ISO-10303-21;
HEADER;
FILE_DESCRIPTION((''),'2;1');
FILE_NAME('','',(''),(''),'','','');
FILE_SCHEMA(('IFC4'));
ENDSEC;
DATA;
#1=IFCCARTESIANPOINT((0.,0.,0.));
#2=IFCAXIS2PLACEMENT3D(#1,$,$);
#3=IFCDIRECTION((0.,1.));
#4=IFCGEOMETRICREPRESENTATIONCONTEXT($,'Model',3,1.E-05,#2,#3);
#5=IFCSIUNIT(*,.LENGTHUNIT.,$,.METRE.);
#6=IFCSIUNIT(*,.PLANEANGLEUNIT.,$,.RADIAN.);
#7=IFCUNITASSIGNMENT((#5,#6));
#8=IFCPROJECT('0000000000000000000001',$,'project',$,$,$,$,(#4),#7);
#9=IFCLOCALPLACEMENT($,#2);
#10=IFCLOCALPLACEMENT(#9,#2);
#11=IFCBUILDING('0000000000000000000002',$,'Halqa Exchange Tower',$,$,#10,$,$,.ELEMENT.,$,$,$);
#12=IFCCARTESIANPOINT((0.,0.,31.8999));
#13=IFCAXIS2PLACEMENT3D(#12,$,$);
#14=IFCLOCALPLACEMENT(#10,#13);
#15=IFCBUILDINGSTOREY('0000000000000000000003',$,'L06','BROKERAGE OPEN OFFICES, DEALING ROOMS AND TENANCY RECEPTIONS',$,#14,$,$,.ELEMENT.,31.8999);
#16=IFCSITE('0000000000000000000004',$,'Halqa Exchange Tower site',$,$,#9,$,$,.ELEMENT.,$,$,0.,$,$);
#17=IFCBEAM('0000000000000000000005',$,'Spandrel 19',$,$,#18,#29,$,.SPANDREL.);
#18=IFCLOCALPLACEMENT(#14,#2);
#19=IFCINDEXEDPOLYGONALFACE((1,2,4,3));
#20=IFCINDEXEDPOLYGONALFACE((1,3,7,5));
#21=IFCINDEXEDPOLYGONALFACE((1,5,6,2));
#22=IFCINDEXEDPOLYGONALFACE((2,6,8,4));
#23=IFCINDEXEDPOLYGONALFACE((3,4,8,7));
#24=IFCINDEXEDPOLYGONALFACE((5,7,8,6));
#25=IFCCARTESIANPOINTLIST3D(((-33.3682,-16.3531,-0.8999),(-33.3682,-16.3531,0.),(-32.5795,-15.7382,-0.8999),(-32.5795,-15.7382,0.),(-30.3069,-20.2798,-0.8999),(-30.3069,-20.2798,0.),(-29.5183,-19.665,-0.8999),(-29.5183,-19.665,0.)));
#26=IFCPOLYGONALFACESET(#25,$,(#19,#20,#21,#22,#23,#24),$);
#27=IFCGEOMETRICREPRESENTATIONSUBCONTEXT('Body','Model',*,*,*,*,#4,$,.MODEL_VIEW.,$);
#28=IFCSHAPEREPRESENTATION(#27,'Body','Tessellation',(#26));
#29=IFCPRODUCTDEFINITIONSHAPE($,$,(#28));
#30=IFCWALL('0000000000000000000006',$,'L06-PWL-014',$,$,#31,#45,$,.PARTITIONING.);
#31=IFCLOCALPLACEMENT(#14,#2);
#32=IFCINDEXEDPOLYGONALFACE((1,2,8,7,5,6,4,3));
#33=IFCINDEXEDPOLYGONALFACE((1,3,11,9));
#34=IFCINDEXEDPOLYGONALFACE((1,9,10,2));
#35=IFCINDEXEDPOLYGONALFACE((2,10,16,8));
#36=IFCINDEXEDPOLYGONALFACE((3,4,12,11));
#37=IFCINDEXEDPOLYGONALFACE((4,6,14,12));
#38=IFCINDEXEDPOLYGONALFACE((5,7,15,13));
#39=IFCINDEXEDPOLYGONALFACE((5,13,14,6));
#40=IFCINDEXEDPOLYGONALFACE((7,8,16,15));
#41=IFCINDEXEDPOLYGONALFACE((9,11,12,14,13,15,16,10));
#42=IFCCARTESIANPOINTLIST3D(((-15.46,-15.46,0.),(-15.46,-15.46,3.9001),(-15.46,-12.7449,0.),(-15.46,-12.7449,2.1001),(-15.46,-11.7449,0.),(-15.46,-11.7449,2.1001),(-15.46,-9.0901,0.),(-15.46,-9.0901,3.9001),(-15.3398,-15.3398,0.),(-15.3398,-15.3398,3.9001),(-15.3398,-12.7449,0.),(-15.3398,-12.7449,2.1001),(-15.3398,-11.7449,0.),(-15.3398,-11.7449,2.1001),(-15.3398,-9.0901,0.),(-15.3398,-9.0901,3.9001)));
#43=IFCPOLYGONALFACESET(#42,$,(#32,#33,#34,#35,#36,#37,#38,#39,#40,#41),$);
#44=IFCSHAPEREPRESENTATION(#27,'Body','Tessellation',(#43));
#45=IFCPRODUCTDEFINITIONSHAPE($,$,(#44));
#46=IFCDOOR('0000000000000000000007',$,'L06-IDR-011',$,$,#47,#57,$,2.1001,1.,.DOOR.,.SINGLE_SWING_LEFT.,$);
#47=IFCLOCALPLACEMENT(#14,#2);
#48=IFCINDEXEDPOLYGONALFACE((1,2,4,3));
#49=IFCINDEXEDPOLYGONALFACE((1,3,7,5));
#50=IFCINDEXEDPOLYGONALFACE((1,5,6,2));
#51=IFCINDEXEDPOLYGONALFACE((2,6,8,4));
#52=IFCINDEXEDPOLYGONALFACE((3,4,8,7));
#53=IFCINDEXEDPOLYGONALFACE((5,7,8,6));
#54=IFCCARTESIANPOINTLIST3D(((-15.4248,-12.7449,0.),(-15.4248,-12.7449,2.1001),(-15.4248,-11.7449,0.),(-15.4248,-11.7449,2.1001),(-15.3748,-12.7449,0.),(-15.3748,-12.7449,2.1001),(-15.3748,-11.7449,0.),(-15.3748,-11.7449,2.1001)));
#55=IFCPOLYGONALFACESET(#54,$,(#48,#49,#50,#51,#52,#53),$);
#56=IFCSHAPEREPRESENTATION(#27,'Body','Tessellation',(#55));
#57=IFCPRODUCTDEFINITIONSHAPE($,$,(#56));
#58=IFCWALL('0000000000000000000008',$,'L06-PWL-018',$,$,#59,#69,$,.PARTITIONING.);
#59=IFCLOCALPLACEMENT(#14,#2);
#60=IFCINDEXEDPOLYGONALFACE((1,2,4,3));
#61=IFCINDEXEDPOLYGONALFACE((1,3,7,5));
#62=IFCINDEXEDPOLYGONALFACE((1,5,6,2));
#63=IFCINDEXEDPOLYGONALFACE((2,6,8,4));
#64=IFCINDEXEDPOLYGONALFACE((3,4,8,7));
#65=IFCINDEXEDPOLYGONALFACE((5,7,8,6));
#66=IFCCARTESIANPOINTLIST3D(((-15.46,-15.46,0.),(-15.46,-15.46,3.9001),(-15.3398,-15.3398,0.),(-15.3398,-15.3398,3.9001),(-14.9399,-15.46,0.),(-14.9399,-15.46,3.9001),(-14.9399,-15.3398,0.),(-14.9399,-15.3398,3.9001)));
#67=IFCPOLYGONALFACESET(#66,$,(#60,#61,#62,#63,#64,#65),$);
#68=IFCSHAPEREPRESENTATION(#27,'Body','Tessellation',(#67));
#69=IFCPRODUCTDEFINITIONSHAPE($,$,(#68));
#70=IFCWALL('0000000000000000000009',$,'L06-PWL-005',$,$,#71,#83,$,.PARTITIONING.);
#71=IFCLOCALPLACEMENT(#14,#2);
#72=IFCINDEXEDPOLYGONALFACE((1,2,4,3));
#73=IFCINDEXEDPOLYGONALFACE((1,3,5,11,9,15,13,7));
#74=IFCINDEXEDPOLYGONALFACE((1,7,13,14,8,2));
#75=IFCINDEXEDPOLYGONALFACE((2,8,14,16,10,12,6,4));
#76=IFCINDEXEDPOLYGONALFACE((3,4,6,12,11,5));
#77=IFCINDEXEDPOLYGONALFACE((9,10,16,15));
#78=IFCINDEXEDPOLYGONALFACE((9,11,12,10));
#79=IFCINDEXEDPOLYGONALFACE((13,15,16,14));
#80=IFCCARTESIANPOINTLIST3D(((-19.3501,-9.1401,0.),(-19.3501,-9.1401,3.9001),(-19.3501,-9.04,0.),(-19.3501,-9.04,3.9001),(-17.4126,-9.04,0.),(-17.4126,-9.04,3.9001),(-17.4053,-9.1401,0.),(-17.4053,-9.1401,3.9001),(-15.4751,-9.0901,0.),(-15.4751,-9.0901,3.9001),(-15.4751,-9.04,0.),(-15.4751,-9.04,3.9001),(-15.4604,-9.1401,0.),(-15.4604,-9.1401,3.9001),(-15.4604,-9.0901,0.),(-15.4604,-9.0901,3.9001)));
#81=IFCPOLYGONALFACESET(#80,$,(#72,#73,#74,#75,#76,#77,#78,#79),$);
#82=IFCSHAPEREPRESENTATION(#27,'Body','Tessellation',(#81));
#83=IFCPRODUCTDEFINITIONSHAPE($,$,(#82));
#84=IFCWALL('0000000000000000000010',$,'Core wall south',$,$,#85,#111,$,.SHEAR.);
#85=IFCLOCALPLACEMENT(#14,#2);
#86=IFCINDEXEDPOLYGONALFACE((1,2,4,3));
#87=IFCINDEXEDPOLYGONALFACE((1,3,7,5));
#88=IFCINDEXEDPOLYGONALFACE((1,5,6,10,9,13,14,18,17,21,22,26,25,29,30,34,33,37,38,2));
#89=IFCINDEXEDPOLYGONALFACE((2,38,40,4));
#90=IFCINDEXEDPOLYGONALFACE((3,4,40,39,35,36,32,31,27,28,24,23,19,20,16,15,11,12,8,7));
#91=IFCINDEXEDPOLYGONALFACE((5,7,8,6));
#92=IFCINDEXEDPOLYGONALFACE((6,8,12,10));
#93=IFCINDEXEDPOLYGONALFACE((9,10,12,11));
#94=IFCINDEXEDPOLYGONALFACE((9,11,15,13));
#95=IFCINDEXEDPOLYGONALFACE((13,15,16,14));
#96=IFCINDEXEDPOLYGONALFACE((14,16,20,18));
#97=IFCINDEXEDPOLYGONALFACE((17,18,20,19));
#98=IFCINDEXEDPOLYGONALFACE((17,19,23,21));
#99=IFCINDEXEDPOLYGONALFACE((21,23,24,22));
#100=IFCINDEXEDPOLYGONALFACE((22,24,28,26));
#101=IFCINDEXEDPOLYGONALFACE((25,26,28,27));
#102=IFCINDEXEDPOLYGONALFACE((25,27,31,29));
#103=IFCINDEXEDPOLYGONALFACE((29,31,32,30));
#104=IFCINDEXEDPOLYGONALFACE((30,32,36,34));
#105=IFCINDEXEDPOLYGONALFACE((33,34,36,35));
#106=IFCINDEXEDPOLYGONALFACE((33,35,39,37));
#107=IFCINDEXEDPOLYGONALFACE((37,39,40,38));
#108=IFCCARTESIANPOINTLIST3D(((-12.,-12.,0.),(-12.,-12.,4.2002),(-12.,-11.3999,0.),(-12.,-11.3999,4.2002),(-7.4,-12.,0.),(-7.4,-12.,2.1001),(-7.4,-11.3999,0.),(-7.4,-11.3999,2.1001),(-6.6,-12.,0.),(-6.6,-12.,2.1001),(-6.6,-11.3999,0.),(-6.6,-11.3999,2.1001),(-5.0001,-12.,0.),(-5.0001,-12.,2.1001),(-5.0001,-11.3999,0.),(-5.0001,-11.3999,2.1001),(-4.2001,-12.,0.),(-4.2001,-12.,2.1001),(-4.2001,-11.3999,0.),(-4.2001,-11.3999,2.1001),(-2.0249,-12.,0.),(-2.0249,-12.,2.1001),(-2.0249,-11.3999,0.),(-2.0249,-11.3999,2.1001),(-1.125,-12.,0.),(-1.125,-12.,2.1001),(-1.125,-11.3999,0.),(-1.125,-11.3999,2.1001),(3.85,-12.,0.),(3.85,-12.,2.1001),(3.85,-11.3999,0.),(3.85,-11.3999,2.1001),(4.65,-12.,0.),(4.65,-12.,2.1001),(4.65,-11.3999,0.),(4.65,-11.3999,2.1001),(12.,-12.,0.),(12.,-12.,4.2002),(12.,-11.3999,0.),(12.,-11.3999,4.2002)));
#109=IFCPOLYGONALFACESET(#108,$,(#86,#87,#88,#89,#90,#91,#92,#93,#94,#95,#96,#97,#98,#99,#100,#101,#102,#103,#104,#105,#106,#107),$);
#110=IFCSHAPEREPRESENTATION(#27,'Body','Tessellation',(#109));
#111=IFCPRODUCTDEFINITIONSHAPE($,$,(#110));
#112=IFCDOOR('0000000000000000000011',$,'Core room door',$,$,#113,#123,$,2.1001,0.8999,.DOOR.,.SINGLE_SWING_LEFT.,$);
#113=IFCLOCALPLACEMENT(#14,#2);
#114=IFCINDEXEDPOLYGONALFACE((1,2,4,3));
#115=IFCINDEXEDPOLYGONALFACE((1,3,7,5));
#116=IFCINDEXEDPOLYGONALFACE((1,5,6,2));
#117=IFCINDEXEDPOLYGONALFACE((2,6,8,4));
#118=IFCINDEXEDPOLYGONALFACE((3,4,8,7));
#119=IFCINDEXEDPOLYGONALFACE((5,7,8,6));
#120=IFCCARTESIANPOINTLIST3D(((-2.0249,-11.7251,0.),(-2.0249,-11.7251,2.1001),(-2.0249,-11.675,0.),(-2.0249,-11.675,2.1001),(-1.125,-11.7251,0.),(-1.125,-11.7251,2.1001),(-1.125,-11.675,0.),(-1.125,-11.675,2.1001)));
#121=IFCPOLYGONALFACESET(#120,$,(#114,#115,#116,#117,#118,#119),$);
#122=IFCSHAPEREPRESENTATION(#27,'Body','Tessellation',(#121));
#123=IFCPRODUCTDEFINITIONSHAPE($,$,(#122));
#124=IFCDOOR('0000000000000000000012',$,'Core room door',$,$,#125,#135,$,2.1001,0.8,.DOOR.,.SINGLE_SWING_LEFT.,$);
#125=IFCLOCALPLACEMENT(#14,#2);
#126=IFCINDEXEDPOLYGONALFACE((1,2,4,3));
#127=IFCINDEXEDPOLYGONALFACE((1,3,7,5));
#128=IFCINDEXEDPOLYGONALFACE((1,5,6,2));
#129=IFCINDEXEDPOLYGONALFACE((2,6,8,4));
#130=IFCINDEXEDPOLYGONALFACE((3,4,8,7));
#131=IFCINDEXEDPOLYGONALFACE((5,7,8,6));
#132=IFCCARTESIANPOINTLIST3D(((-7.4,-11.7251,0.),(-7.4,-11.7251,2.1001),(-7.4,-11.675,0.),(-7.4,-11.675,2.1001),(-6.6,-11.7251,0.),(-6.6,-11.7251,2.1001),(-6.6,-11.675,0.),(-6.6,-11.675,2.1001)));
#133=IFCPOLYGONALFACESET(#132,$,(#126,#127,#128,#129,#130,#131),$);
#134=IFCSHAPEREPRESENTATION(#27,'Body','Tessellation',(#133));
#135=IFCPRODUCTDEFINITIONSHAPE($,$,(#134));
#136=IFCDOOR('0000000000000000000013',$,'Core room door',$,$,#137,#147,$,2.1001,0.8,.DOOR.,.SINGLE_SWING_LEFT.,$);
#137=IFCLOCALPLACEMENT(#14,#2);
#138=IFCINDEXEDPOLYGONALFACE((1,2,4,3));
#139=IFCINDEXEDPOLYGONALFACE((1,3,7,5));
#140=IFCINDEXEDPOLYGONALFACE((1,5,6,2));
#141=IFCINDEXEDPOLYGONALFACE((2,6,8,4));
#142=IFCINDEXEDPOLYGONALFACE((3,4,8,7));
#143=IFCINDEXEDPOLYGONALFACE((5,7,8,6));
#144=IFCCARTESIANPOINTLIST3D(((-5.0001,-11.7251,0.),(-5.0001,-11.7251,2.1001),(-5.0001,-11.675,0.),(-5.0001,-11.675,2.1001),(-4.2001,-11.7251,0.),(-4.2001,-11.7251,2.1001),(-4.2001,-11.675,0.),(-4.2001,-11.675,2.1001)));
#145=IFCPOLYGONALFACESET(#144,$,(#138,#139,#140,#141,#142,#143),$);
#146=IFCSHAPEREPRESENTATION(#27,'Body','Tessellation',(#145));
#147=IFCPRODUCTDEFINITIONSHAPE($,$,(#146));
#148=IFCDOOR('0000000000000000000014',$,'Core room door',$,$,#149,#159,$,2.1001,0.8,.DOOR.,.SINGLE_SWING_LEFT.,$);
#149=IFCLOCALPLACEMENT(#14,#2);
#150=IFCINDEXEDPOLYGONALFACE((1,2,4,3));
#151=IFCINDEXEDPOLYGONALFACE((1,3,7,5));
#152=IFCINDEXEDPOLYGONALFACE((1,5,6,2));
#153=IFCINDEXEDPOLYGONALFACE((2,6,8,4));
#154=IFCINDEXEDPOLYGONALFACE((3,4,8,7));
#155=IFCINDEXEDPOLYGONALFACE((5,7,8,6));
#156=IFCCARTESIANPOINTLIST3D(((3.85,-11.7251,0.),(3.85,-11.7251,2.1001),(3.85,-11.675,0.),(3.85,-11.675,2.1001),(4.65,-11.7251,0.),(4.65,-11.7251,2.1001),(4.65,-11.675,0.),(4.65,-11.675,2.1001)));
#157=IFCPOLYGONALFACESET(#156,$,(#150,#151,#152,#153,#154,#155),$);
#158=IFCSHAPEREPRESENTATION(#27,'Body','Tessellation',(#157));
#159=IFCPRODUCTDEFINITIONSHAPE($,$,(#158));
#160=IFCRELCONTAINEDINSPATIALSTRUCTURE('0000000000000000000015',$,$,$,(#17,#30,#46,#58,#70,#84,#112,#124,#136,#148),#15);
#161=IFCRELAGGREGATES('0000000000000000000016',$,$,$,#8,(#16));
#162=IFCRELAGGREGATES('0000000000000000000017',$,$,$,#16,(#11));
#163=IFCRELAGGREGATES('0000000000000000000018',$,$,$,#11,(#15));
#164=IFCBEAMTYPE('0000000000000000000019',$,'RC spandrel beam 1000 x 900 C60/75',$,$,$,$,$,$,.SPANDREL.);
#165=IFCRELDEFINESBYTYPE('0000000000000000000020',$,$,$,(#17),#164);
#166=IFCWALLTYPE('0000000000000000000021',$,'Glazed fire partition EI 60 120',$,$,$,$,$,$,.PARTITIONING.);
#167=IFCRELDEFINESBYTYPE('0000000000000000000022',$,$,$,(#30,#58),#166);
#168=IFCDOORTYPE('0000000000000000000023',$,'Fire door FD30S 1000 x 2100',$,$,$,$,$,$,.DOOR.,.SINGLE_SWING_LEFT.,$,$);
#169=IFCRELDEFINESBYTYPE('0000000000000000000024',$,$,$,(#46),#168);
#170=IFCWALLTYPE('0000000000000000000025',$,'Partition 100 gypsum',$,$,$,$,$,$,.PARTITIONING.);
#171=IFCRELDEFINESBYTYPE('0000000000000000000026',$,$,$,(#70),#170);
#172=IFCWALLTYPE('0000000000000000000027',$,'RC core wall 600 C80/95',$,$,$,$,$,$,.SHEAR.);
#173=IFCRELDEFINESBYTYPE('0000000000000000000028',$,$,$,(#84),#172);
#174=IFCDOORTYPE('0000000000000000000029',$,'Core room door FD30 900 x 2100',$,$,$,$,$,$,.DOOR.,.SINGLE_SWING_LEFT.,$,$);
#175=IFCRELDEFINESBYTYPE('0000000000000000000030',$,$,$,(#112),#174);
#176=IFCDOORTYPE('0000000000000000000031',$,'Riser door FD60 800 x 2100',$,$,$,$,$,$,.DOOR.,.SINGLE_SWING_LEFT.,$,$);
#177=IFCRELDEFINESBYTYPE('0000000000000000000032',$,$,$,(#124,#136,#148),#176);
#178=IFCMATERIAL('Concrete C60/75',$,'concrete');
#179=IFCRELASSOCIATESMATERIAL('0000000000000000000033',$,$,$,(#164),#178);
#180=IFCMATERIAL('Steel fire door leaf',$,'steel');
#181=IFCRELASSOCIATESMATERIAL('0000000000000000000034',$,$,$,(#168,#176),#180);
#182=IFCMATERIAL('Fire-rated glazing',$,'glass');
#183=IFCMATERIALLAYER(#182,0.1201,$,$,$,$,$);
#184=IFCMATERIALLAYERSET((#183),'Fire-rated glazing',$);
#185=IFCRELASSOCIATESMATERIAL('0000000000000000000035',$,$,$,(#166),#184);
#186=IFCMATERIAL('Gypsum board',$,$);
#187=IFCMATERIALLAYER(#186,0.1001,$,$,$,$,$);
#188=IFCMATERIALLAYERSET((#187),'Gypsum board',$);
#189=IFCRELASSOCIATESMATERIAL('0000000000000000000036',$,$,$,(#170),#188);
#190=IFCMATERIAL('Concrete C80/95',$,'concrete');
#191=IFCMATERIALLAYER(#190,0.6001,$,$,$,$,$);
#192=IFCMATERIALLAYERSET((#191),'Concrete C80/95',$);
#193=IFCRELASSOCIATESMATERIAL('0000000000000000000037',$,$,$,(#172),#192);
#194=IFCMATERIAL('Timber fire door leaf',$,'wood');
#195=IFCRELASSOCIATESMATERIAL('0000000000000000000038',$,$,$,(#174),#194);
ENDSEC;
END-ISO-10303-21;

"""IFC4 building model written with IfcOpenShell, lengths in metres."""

from ifc_helpers import new_model, si_unit, direction, frame, frame_2d, origin, origin_2d, place, context, subcontext, project, spatial, polyline, rectangle, outline, extrude, material, layer, layer_set, material_profile, profile_set, type_object, element, fill, save


model = new_model("IFC4")

# Units and contexts
model_context = context("Model", 3, precision=1e-05, world=origin(), true_north=direction((0.0, 1.0)))
body_context = subcontext(model_context, "Body", "Model", "MODEL_VIEW")
ifc_project = project(units=[si_unit("LENGTHUNIT", "METRE"), si_unit("PLANEANGLEUNIT", "RADIAN")], contexts=[model_context])

# Site, building, storey
site_placement = place(None, origin())
site = spatial("IfcSite", under=ifc_project, at=site_placement, Name="Halqa Exchange Tower site", CompositionType="ELEMENT", RefElevation=0.0)
building_placement = place(site_placement, origin())
building = spatial("IfcBuilding", under=site, at=building_placement, Name="Halqa Exchange Tower", CompositionType="ELEMENT")
storey_placement = place(building_placement, frame((0.0, 0.0, 31.8999)))
storey = spatial("IfcBuildingStorey", under=building, at=storey_placement, Name="L06", Description="BROKERAGE OPEN OFFICES, DEALING ROOMS AND TENANCY RECEPTIONS", CompositionType="ELEMENT", Elevation=31.8999)

# Beam
ifc_material_1 = material(Name="Concrete C60/75", Category="concrete")
ifc_material_profile = material_profile(ifc_material_1, rectangle(XDim=1.0, YDim=0.8999, at=origin_2d()), Name="1000 x 900")
ifc_profile_set = profile_set([ifc_material_profile], Name="Concrete C60/75")
beam_type = type_object("IfcBeamType", Name="RC spandrel beam 1000 x 900 C60/75", PredefinedType="SPANDREL", material=ifc_profile_set)
beam_placement = place(storey_placement, frame((-32.9739, -16.0457, -0.45), z_axis=(0.614833, -0.788657, 0.0), x_axis=(0.788657, 0.614833, 0.0)))
element("IfcBeam", 1, at=beam_placement, inside=storey, type_object=beam_type, Name="Spandrel 19", PredefinedType="SPANDREL", context=body_context, shape_type="SweptSolid", body=[
    extrude(rectangle(XDim=1.0, YDim=0.8999, at=origin_2d()), origin(), (0.0, 0.0, 1.0), 4.979),
])

# Shared definitions
ifc_material_2 = material(Name="Steel fire door leaf", Category="steel")
door_type_1 = type_object("IfcDoorType", Name="Fire door FD30S 1000 x 2100", OperationType="SINGLE_SWING_LEFT", PredefinedType="DOOR", material=ifc_material_2)

# Wall, opening, door
ifc_material_3 = material(Name="Fire-rated glazing", Category="glass")
ifc_layer_1 = layer(ifc_material_3, 0.1201)
ifc_layer_set_1 = layer_set([ifc_layer_1], Name="Fire-rated glazing")
wall_type_1 = type_object("IfcWallType", Name="Glazed fire partition EI 60 120", PredefinedType="PARTITIONING", material=ifc_layer_set_1)
wall_1_placement = place(storey_placement, frame((-15.3999, -15.46, 0.0), z_axis=(0.0, 0.0, 1.0), x_axis=(0.0, 1.0, 0.0)))
wall_1 = element("IfcWall", 2, at=wall_1_placement, inside=storey, type_object=wall_type_1, Name="L06-PWL-014", PredefinedType="PARTITIONING", context=body_context, shape_type="SweptSolid", body=[
    extrude(outline(polyline([(6.3699, 0.0601), (4.7773, 0.0601), (3.1851, 0.0601), (1.5925, 0.0601), (0.0, 0.0601), (0.1201, -0.0601), (1.6826, -0.0601), (3.2451, -0.0601), (4.8074, -0.0601), (6.3699, -0.0601), (6.3699, 0.0601)])), origin(), (0.0, 0.0, 1.0), 3.9001),
])
opening_1_placement = place(wall_1_placement, frame((2.7151, 0.0, 0.0)))
opening_1 = element("IfcOpeningElement", 3, at=opening_1_placement, cuts=wall_1, PredefinedType="OPENING", context=body_context, shape_type="SweptSolid", body=[
    extrude(rectangle(XDim=1.0, YDim=2.1001, at=frame_2d((0.5, 1.05))), frame((0.0, 0.072, 0.0), z_axis=(0.0, -1.0, 0.0), x_axis=(1.0, 0.0, 0.0)), (0.0, 0.0, 1.0), 0.144),
])
door_1_placement = place(opening_1_placement, origin())
door_1 = element("IfcDoor", 4, at=door_1_placement, inside=storey, type_object=door_type_1, Name="L06-IDR-011", OperationType="SINGLE_SWING_LEFT", OverallHeight=2.1001, OverallWidth=1.0, PredefinedType="DOOR", context=body_context, shape_type="SweptSolid", body=[
    extrude(rectangle(XDim=1.0, YDim=2.1001, at=frame_2d((0.5, 1.05))), frame((0.0, 0.0249, 0.0), z_axis=(0.0, -1.0, 0.0), x_axis=(1.0, 0.0, 0.0)), (0.0, 0.0, 1.0), 0.05),
])
fill(opening_1, door_1)

# Wall
wall_2_placement = place(storey_placement, frame((-14.9399, -15.3999, 0.0), z_axis=(0.0, 0.0, 1.0), x_axis=(-1.0, 0.0, 0.0)))
element("IfcWall", 5, at=wall_2_placement, inside=storey, type_object=wall_type_1, Name="L06-PWL-018", PredefinedType="PARTITIONING", context=body_context, shape_type="SweptSolid", body=[
    extrude(outline(polyline([(0.0, -0.0601), (0.3999, -0.0601), (0.52, 0.0601), (0.0, 0.0601), (0.0, -0.0601)])), origin(), (0.0, 0.0, 1.0), 3.9001),
])

# Shared definitions
ifc_material_4 = material(Name="Gypsum board")
ifc_layer_2 = layer(ifc_material_4, 0.1001)
ifc_layer_set_2 = layer_set([ifc_layer_2], Name="Gypsum board")
wall_type_2 = type_object("IfcWallType", Name="Partition 100 gypsum", PredefinedType="PARTITIONING", material=ifc_layer_set_2)

# Wall
wall_3_placement = place(storey_placement, frame((-19.3501, -9.0901, 0.0), z_axis=(0.0, 0.0, 1.0), x_axis=(1.0, 0.0, 0.0)))
element("IfcWall", 6, at=wall_3_placement, inside=storey, type_object=wall_type_2, Name="L06-PWL-005", PredefinedType="PARTITIONING", context=body_context, shape_type="SweptSolid", body=[
    extrude(outline(polyline([(3.8896, -0.05), (3.8896, 0.0), (3.875, 0.0), (3.875, 0.05), (1.9375, 0.05), (0.0, 0.05), (0.0, -0.05), (1.9448, -0.05), (3.8896, -0.05)])), origin(), (0.0, 0.0, 1.0), 3.9001),
])

# Wall, openings, doors
ifc_material_5 = material(Name="Concrete C80/95", Category="concrete")
ifc_layer_3 = layer(ifc_material_5, 0.6001)
ifc_layer_set_3 = layer_set([ifc_layer_3], Name="Concrete C80/95")
wall_type_3 = type_object("IfcWallType", Name="RC core wall 600 C80/95", PredefinedType="SHEAR", material=ifc_layer_set_3)
wall_4_placement = place(storey_placement, frame((-12.0, -11.7, 0.0), z_axis=(0.0, 0.0, 1.0), x_axis=(1.0, 0.0, 0.0)))
wall_4 = element("IfcWall", 7, at=wall_4_placement, inside=storey, type_object=wall_type_3, Name="Core wall south", PredefinedType="SHEAR", context=body_context, shape_type="SweptSolid", body=[
    extrude(rectangle(XDim=24.0, YDim=0.6001, at=frame_2d((12.0, 0.0))), origin(), (0.0, 0.0, 1.0), 4.2002),
])
opening_2_placement = place(wall_4_placement, frame((9.9751, 0.0, 0.0)))
opening_2 = element("IfcOpeningElement", 8, at=opening_2_placement, cuts=wall_4, PredefinedType="OPENING", context=body_context, shape_type="SweptSolid", body=[
    extrude(rectangle(XDim=0.8999, YDim=2.1001, at=frame_2d((0.45, 1.05))), frame((0.0, 0.312, 0.0), z_axis=(0.0, -1.0, 0.0), x_axis=(1.0, 0.0, 0.0)), (0.0, 0.0, 1.0), 0.624),
])
opening_3_placement = place(wall_4_placement, frame((4.6001, 0.0, 0.0)))
opening_3 = element("IfcOpeningElement", 9, at=opening_3_placement, cuts=wall_4, PredefinedType="OPENING", context=body_context, shape_type="SweptSolid", body=[
    extrude(rectangle(XDim=0.8, YDim=2.1001, at=frame_2d((0.3999, 1.05))), frame((0.0, 0.312, 0.0), z_axis=(0.0, -1.0, 0.0), x_axis=(1.0, 0.0, 0.0)), (0.0, 0.0, 1.0), 0.624),
])
opening_4_placement = place(wall_4_placement, frame((7.0, 0.0, 0.0)))
opening_4 = element("IfcOpeningElement", 10, at=opening_4_placement, cuts=wall_4, PredefinedType="OPENING", context=body_context, shape_type="SweptSolid", body=[
    extrude(rectangle(XDim=0.8, YDim=2.1001, at=frame_2d((0.3999, 1.05))), frame((0.0, 0.312, 0.0), z_axis=(0.0, -1.0, 0.0), x_axis=(1.0, 0.0, 0.0)), (0.0, 0.0, 1.0), 0.624),
])
opening_5_placement = place(wall_4_placement, frame((15.8501, 0.0, 0.0)))
opening_5 = element("IfcOpeningElement", 11, at=opening_5_placement, cuts=wall_4, PredefinedType="OPENING", context=body_context, shape_type="SweptSolid", body=[
    extrude(rectangle(XDim=0.8, YDim=2.1001, at=frame_2d((0.3999, 1.05))), frame((0.0, 0.312, 0.0), z_axis=(0.0, -1.0, 0.0), x_axis=(1.0, 0.0, 0.0)), (0.0, 0.0, 1.0), 0.624),
])
ifc_material_6 = material(Name="Timber fire door leaf", Category="wood")
door_type_2 = type_object("IfcDoorType", Name="Core room door FD30 900 x 2100", OperationType="SINGLE_SWING_LEFT", PredefinedType="DOOR", material=ifc_material_6)
door_2_placement = place(opening_2_placement, origin())
door_2 = element("IfcDoor", 12, at=door_2_placement, inside=storey, type_object=door_type_2, Name="Core room door", OperationType="SINGLE_SWING_LEFT", OverallHeight=2.1001, OverallWidth=0.8999, PredefinedType="DOOR", context=body_context, shape_type="SweptSolid", body=[
    extrude(rectangle(XDim=0.8999, YDim=2.1001, at=frame_2d((0.45, 1.05))), frame((0.0, 0.0249, 0.0), z_axis=(0.0, -1.0, 0.0), x_axis=(1.0, 0.0, 0.0)), (0.0, 0.0, 1.0), 0.05),
])
fill(opening_2, door_2)
door_type_3 = type_object("IfcDoorType", Name="Riser door FD60 800 x 2100", OperationType="SINGLE_SWING_LEFT", PredefinedType="DOOR", material=ifc_material_2)
door_3_placement = place(opening_3_placement, origin())
door_3 = element("IfcDoor", 13, at=door_3_placement, inside=storey, type_object=door_type_3, Name="Core room door", OperationType="SINGLE_SWING_LEFT", OverallHeight=2.1001, OverallWidth=0.8, PredefinedType="DOOR", context=body_context, shape_type="SweptSolid", body=[
    extrude(rectangle(XDim=0.8, YDim=2.1001, at=frame_2d((0.3999, 1.05))), frame((0.0, 0.0249, 0.0), z_axis=(0.0, -1.0, 0.0), x_axis=(1.0, 0.0, 0.0)), (0.0, 0.0, 1.0), 0.05),
])
fill(opening_3, door_3)
door_4_placement = place(opening_4_placement, origin())
door_4 = element("IfcDoor", 14, at=door_4_placement, inside=storey, type_object=door_type_3, Name="Core room door", OperationType="SINGLE_SWING_LEFT", OverallHeight=2.1001, OverallWidth=0.8, PredefinedType="DOOR", context=body_context, shape_type="SweptSolid", body=[
    extrude(rectangle(XDim=0.8, YDim=2.1001, at=frame_2d((0.3999, 1.05))), frame((0.0, 0.0249, 0.0), z_axis=(0.0, -1.0, 0.0), x_axis=(1.0, 0.0, 0.0)), (0.0, 0.0, 1.0), 0.05),
])
fill(opening_4, door_4)
door_5_placement = place(opening_5_placement, origin())
door_5 = element("IfcDoor", 15, at=door_5_placement, inside=storey, type_object=door_type_3, Name="Core room door", OperationType="SINGLE_SWING_LEFT", OverallHeight=2.1001, OverallWidth=0.8, PredefinedType="DOOR", context=body_context, shape_type="SweptSolid", body=[
    extrude(rectangle(XDim=0.8, YDim=2.1001, at=frame_2d((0.3999, 1.05))), frame((0.0, 0.0249, 0.0), z_axis=(0.0, -1.0, 0.0), x_axis=(1.0, 0.0, 0.0)), (0.0, 0.0, 1.0), 0.05),
])
fill(opening_5, door_5)

save(model, "model.ifc")
